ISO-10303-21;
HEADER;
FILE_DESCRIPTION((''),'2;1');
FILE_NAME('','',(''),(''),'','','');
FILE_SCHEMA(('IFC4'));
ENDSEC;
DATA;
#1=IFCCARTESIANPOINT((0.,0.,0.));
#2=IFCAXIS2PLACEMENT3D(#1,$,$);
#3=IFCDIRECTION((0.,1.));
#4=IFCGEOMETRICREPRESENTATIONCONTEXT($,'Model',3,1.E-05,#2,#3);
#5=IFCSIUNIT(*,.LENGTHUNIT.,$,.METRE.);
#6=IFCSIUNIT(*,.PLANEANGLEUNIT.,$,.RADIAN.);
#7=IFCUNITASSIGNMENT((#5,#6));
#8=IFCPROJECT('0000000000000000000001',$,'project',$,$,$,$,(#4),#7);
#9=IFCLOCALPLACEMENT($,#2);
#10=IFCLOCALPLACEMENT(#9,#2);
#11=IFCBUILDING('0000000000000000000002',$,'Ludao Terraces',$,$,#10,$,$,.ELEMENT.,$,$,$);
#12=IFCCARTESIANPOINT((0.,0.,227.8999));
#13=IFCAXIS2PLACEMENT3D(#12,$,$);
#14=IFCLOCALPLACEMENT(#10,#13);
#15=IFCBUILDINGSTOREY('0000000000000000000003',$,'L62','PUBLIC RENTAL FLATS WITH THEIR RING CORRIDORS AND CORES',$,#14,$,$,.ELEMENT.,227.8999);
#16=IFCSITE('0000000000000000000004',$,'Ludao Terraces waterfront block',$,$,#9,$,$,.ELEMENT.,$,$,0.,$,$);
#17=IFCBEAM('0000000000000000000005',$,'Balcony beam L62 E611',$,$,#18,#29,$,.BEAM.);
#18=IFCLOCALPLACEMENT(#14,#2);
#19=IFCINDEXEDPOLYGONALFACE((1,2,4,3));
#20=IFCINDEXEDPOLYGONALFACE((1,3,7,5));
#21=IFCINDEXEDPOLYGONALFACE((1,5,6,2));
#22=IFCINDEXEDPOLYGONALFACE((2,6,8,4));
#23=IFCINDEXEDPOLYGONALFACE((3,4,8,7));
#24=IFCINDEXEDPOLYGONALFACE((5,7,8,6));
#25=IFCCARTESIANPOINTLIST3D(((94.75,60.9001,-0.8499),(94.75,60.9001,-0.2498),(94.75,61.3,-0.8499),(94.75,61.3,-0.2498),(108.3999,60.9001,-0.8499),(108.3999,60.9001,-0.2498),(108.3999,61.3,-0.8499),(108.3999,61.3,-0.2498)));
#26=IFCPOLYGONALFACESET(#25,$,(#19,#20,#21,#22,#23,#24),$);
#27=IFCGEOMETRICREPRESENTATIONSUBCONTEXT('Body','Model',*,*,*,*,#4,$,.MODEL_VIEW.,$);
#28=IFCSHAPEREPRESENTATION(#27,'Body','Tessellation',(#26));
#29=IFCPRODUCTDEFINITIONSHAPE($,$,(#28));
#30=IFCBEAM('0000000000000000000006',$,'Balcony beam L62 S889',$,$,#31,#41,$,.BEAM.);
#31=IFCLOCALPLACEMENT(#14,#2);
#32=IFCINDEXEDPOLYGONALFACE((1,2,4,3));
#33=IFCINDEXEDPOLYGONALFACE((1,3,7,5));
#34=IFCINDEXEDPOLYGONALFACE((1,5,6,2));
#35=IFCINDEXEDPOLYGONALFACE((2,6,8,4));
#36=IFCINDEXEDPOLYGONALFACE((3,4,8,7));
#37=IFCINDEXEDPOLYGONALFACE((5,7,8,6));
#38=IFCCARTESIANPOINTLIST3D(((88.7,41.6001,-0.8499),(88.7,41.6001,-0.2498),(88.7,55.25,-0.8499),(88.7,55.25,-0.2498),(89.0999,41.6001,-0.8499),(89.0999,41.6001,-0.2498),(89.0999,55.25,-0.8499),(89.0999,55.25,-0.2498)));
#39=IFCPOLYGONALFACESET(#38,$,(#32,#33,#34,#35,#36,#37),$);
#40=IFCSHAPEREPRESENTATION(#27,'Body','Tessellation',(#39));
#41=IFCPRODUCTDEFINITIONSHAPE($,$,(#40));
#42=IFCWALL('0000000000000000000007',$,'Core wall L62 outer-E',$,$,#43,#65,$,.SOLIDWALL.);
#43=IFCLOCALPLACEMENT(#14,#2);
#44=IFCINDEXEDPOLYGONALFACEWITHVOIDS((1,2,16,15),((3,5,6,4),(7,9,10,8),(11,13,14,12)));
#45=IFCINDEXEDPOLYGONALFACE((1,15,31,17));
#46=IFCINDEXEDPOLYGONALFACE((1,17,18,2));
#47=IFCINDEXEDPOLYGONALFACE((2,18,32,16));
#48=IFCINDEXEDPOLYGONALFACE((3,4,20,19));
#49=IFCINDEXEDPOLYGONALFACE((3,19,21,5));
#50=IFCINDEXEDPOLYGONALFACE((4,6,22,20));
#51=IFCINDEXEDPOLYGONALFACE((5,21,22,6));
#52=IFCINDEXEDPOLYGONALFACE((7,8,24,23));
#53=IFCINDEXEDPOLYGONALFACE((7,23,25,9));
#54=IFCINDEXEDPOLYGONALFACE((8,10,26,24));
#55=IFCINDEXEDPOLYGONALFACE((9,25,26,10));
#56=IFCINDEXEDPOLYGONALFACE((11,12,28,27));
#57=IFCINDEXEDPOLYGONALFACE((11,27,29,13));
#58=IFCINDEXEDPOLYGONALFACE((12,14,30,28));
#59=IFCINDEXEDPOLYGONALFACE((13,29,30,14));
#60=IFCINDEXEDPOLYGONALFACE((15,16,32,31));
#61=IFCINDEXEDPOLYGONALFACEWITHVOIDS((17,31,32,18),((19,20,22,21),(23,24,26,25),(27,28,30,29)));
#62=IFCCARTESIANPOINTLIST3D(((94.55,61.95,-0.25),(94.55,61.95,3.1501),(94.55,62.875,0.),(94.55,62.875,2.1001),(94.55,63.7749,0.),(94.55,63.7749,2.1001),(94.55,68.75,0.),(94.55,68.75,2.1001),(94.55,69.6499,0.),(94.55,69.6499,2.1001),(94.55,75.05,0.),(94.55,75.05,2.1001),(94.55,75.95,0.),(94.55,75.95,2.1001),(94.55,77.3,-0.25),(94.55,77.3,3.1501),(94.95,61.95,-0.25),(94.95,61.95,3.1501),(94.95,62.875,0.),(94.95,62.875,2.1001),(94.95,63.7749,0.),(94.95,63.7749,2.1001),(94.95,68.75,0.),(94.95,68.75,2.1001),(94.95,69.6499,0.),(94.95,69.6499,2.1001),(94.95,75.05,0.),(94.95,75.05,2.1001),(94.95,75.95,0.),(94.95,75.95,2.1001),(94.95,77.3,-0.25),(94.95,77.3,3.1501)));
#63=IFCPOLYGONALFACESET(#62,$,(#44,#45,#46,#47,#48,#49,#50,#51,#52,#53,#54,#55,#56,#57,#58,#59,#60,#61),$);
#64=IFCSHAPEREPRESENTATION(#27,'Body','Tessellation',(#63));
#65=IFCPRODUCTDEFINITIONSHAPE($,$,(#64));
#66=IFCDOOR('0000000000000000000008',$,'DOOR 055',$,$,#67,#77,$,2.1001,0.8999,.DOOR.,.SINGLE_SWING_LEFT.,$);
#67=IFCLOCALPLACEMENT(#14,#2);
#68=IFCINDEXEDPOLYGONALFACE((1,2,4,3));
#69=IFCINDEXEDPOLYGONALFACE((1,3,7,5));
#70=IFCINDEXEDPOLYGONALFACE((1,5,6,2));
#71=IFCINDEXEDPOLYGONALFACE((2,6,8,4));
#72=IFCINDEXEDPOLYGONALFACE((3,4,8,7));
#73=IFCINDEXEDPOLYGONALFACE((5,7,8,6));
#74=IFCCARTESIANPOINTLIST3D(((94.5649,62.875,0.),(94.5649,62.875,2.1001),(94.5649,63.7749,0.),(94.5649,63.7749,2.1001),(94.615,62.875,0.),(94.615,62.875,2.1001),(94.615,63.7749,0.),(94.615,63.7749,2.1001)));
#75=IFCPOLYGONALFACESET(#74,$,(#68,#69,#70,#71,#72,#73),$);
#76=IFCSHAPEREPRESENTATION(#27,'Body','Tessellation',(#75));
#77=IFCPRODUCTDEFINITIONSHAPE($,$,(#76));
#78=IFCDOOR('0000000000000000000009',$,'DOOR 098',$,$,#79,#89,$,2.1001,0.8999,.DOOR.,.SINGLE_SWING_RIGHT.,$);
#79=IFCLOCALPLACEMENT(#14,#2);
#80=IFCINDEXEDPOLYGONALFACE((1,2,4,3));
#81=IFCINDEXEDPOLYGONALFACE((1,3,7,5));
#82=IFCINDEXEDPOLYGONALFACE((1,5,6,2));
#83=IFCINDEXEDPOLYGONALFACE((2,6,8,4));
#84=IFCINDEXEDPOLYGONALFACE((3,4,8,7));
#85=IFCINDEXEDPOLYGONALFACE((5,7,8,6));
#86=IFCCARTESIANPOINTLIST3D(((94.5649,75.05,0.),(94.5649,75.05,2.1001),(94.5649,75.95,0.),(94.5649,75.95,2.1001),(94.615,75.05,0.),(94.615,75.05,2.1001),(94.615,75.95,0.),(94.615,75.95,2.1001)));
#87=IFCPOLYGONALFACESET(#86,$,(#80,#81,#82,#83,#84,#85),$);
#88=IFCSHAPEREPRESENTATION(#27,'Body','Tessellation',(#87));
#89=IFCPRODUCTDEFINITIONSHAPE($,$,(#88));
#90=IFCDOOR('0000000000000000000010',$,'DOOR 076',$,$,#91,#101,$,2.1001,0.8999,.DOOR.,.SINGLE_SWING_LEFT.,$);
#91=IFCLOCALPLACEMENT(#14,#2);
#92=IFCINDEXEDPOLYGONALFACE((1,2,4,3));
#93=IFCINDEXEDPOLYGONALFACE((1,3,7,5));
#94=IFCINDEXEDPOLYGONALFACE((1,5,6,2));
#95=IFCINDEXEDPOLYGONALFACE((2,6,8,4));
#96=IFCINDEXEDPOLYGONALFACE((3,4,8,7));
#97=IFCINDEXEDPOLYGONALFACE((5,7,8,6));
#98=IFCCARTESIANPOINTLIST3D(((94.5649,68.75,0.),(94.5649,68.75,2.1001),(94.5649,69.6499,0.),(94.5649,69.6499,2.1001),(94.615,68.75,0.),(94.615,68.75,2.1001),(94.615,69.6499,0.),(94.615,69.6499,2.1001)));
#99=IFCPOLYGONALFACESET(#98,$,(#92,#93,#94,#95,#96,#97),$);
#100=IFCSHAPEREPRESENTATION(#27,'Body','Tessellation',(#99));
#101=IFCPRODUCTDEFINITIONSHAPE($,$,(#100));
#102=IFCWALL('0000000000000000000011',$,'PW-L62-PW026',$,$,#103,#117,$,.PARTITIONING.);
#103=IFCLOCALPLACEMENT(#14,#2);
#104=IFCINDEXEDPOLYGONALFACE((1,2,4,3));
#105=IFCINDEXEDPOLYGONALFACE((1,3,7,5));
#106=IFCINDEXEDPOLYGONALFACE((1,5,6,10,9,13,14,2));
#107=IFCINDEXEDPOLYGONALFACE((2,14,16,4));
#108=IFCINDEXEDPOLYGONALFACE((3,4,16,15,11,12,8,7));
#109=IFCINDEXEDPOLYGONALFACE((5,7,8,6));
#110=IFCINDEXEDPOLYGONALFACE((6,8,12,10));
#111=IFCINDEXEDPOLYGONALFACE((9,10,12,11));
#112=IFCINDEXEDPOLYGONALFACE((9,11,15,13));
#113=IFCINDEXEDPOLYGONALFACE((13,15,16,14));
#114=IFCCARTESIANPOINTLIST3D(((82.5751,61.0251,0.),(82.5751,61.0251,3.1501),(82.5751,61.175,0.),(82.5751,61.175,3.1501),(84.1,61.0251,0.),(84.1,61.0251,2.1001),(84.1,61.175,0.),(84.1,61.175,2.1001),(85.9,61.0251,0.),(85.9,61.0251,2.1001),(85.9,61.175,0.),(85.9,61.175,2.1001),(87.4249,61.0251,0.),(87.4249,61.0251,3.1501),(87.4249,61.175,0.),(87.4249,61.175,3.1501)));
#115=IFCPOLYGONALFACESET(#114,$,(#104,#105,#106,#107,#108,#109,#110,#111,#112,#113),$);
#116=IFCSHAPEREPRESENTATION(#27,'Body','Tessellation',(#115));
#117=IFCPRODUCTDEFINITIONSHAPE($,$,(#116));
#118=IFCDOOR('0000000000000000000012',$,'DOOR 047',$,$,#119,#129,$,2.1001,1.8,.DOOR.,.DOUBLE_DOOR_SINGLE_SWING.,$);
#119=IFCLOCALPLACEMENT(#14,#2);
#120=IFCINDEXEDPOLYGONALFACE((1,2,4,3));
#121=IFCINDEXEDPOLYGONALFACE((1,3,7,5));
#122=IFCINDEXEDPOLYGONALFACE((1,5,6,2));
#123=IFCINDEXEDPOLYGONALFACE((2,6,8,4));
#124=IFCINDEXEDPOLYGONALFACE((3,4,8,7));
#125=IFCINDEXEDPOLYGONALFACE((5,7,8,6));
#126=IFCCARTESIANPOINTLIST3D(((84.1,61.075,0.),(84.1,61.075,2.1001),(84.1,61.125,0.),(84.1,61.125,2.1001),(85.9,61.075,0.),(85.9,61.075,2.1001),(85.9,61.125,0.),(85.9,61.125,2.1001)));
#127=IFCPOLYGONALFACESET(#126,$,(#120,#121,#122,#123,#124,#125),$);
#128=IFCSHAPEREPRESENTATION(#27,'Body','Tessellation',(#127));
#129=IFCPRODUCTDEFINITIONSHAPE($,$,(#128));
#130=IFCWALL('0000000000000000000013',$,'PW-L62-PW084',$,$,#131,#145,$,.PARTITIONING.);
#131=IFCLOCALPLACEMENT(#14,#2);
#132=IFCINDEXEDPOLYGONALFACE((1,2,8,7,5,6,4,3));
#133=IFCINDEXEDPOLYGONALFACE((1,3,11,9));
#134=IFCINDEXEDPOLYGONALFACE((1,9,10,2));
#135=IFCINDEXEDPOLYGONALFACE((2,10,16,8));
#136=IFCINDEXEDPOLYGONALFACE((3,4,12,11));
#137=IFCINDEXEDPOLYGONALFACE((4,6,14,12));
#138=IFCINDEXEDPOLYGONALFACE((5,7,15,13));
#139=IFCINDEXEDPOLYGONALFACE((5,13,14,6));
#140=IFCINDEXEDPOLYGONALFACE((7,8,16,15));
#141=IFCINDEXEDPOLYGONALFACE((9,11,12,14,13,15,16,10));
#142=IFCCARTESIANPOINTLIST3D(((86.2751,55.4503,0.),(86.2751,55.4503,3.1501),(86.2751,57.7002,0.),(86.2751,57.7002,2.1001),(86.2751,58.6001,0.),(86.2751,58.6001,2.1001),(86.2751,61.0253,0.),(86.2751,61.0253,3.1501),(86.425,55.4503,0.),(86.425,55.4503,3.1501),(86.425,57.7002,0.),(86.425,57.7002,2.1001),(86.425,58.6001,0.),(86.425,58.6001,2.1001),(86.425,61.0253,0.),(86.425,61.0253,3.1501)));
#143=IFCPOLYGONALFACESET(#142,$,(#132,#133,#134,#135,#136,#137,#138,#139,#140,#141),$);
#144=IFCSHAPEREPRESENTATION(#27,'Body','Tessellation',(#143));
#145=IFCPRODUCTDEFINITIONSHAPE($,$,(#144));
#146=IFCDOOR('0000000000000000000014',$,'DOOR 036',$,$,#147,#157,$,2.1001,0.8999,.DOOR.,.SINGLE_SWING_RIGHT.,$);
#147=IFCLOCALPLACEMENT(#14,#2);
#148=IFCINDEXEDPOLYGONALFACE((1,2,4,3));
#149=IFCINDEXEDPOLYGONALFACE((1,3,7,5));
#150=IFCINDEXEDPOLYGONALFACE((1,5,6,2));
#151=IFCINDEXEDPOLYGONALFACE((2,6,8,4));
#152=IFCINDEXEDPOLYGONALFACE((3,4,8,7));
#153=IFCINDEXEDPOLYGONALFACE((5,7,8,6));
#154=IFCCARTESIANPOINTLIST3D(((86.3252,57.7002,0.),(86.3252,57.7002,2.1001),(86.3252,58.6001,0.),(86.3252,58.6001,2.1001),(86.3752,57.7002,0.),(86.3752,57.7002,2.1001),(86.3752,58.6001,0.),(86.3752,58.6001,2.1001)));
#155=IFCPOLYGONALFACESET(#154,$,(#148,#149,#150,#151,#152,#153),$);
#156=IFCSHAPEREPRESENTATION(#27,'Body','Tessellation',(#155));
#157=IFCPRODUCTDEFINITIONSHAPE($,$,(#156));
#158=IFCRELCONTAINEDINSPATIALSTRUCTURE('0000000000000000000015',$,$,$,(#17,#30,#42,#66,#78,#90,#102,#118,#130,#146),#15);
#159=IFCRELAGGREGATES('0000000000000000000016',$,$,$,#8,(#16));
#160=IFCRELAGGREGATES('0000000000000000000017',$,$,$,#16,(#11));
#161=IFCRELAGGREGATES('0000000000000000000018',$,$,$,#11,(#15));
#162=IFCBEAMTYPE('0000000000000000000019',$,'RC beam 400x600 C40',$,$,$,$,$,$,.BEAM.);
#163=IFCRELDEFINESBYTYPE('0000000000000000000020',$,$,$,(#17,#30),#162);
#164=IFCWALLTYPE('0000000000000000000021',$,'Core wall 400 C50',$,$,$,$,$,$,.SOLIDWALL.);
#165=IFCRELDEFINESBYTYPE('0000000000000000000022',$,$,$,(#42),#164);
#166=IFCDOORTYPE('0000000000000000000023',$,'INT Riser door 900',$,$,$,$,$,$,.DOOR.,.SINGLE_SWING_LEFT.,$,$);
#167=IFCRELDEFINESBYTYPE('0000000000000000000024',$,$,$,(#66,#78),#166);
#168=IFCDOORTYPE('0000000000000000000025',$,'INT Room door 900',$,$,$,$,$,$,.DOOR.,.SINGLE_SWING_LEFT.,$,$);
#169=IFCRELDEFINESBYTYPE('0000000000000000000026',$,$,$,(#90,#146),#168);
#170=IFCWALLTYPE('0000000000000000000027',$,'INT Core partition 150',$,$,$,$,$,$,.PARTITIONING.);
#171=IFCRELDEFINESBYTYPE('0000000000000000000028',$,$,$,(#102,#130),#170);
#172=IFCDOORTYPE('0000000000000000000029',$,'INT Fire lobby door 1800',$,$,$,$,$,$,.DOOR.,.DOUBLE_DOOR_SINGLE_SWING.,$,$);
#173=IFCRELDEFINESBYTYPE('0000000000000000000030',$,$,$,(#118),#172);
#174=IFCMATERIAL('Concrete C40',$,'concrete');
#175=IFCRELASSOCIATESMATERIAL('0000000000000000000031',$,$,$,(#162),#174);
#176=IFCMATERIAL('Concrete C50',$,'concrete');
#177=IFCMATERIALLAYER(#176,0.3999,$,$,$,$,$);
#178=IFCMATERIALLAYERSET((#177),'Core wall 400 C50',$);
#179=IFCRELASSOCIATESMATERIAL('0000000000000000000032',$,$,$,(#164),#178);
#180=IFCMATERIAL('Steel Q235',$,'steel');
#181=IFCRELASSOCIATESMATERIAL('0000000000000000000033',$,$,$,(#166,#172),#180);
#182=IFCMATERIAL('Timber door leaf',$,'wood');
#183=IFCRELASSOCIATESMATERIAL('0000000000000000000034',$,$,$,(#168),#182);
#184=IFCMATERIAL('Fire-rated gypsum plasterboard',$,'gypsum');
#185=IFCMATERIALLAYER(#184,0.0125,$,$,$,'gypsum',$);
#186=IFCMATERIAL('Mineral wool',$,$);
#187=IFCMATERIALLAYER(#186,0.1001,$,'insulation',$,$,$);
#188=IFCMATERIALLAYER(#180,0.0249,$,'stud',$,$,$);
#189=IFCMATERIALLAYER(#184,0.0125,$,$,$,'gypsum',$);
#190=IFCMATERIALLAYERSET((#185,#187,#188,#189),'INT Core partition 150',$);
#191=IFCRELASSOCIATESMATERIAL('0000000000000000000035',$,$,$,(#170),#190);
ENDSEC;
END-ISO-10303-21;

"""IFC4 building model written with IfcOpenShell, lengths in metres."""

from ifc_helpers import new_model, si_unit, direction, frame, frame_2d, origin, origin_2d, place, context, subcontext, project, spatial, rectangle, extrude, material, layer, layer_set, material_profile, profile_set, type_object, element, fill, save


model = new_model("IFC4")

# Units and contexts
model_context = context("Model", 3, precision=1e-05, world=origin(), true_north=direction((0.0, 1.0)))
body_context = subcontext(model_context, "Body", "Model", "MODEL_VIEW")
ifc_project = project(units=[si_unit("LENGTHUNIT", "METRE"), si_unit("PLANEANGLEUNIT", "RADIAN")], contexts=[model_context])

# Site, building, storey
site_placement = place(None, origin())
site = spatial("IfcSite", under=ifc_project, at=site_placement, Name="Ludao Terraces waterfront block", CompositionType="ELEMENT", RefElevation=0.0)
building_placement = place(site_placement, origin())
building = spatial("IfcBuilding", under=site, at=building_placement, Name="Ludao Terraces", CompositionType="ELEMENT")
storey_placement = place(building_placement, frame((0.0, 0.0, 227.8999)))
storey = spatial("IfcBuildingStorey", under=building, at=storey_placement, Name="L62", Description="PUBLIC RENTAL FLATS WITH THEIR RING CORRIDORS AND CORES", CompositionType="ELEMENT", Elevation=227.8999)

# Beams
ifc_material_1 = material(Name="Concrete C40", Category="concrete")
ifc_material_profile = material_profile(ifc_material_1, rectangle(XDim=0.3999, YDim=0.6001, at=origin_2d()), Name="400 X 600")
ifc_profile_set = profile_set([ifc_material_profile], Name="Concrete C40")
beam_type = type_object("IfcBeamType", Name="RC beam 400x600 C40", PredefinedType="BEAM", material=ifc_profile_set)
for number, where, z_axis, x_axis, name in (
    (1, (94.75, 61.1001, -0.5498), (1.0, 0.0, 0.0), (0.0, 1.0, 0.0), "Balcony beam L62 E611"),
    (2, (88.8999, 55.25, -0.5498), (0.0, -1.0, 0.0), (1.0, 0.0, 0.0), "Balcony beam L62 S889"),
):
    element("IfcBeam", number, at=place(storey_placement, frame(where, z_axis=z_axis, x_axis=x_axis)), inside=storey, type_object=beam_type, Name=name, PredefinedType="BEAM", context=body_context, shape_type="SweptSolid", body=[
        extrude(rectangle(XDim=0.3999, YDim=0.6001, at=origin_2d()), origin(), (0.0, 0.0, 1.0), 13.6499),
    ])

# Wall, openings, doors
ifc_material_2 = material(Name="Concrete C50", Category="concrete")
ifc_layer_1 = layer(ifc_material_2, 0.3999)
ifc_layer_set_1 = layer_set([ifc_layer_1], Name="Core wall 400 C50")
wall_type_1 = type_object("IfcWallType", Name="Core wall 400 C50", PredefinedType="SOLIDWALL", material=ifc_layer_set_1)
wall_1_placement = place(storey_placement, frame((94.75, 61.95, -0.25), z_axis=(0.0, 0.0, 1.0), x_axis=(0.0, 1.0, 0.0)))
wall_1 = element("IfcWall", 3, at=wall_1_placement, inside=storey, type_object=wall_type_1, Name="Core wall L62 outer-E", PredefinedType="SOLIDWALL", context=body_context, shape_type="SweptSolid", body=[
    extrude(rectangle(XDim=15.3501, YDim=0.3999, at=frame_2d((7.675, 0.0))), origin(), (0.0, 0.0, 1.0), 3.4001),
])
opening_1_placement = place(wall_1_placement, frame((0.925, 0.0, 0.25)))
opening_1 = element("IfcOpeningElement", 4, at=opening_1_placement, cuts=wall_1, PredefinedType="OPENING", context=body_context, shape_type="SweptSolid", body=[
    extrude(rectangle(XDim=0.8999, YDim=2.1001, at=frame_2d((0.45, 1.05))), frame((0.0, 0.21, 0.0), z_axis=(0.0, -1.0, 0.0), x_axis=(1.0, 0.0, 0.0)), (0.0, 0.0, 1.0), 0.4199),
])
opening_2_placement = place(wall_1_placement, frame((6.8, 0.0, 0.25)))
opening_2 = element("IfcOpeningElement", 5, at=opening_2_placement, cuts=wall_1, PredefinedType="OPENING", context=body_context, shape_type="SweptSolid", body=[
    extrude(rectangle(XDim=0.8999, YDim=2.1001, at=frame_2d((0.45, 1.05))), frame((0.0, 0.21, 0.0), z_axis=(0.0, -1.0, 0.0), x_axis=(1.0, 0.0, 0.0)), (0.0, 0.0, 1.0), 0.4199),
])
opening_3_placement = place(wall_1_placement, frame((13.1001, 0.0, 0.25)))
opening_3 = element("IfcOpeningElement", 6, at=opening_3_placement, cuts=wall_1, PredefinedType="OPENING", context=body_context, shape_type="SweptSolid", body=[
    extrude(rectangle(XDim=0.8999, YDim=2.1001, at=frame_2d((0.45, 1.05))), frame((0.0, 0.21, 0.0), z_axis=(0.0, -1.0, 0.0), x_axis=(1.0, 0.0, 0.0)), (0.0, 0.0, 1.0), 0.4199),
])
ifc_material_3 = material(Name="Steel Q235", Category="steel")
door_type_1 = type_object("IfcDoorType", Name="INT Riser door 900", OperationType="SINGLE_SWING_LEFT", PredefinedType="DOOR", material=ifc_material_3)
door_1_placement = place(opening_1_placement, origin())
door_1 = element("IfcDoor", 7, at=door_1_placement, inside=storey, type_object=door_type_1, Name="DOOR 055", OperationType="SINGLE_SWING_LEFT", OverallHeight=2.1001, OverallWidth=0.8999, PredefinedType="DOOR", context=body_context, shape_type="SweptSolid", body=[
    extrude(rectangle(XDim=0.8999, YDim=2.1001, at=frame_2d((0.45, 1.05))), frame((0.0, 0.1851, 0.0), z_axis=(0.0, -1.0, 0.0), x_axis=(1.0, 0.0, 0.0)), (0.0, 0.0, 1.0), 0.05),
])
fill(opening_1, door_1)
door_2_placement = place(opening_3_placement, origin())
door_2 = element("IfcDoor", 8, at=door_2_placement, inside=storey, type_object=door_type_1, Name="DOOR 098", OperationType="SINGLE_SWING_RIGHT", OverallHeight=2.1001, OverallWidth=0.8999, PredefinedType="DOOR", context=body_context, shape_type="SweptSolid", body=[
    extrude(rectangle(XDim=0.8999, YDim=2.1001, at=frame_2d((0.45, 1.05))), frame((0.0, 0.1851, 0.0), z_axis=(0.0, -1.0, 0.0), x_axis=(1.0, 0.0, 0.0)), (0.0, 0.0, 1.0), 0.05),
])
fill(opening_3, door_2)
ifc_material_4 = material(Name="Timber door leaf", Category="wood")
door_type_2 = type_object("IfcDoorType", Name="INT Room door 900", OperationType="SINGLE_SWING_LEFT", PredefinedType="DOOR", material=ifc_material_4)
door_3_placement = place(opening_2_placement, origin())
door_3 = element("IfcDoor", 9, at=door_3_placement, inside=storey, type_object=door_type_2, Name="DOOR 076", OperationType="SINGLE_SWING_LEFT", OverallHeight=2.1001, OverallWidth=0.8999, PredefinedType="DOOR", context=body_context, shape_type="SweptSolid", body=[
    extrude(rectangle(XDim=0.8999, YDim=2.1001, at=frame_2d((0.45, 1.05))), frame((0.0, 0.1851, 0.0), z_axis=(0.0, -1.0, 0.0), x_axis=(1.0, 0.0, 0.0)), (0.0, 0.0, 1.0), 0.05),
])
fill(opening_2, door_3)

# Walls, openings, doors
ifc_material_5 = material(Name="Fire-rated gypsum plasterboard", Category="gypsum")
ifc_layer_2 = layer(ifc_material_5, 0.0125, Category="gypsum")
ifc_material_6 = material(Name="Mineral wool")
ifc_layer_3 = layer(ifc_material_6, 0.1001, Name="insulation")
ifc_layer_4 = layer(ifc_material_3, 0.0249, Name="stud")
ifc_layer_5 = layer(ifc_material_5, 0.0125, Category="gypsum")
ifc_layer_set_2 = layer_set([ifc_layer_2, ifc_layer_3, ifc_layer_4, ifc_layer_5], Name="INT Core partition 150")
wall_type_2 = type_object("IfcWallType", Name="INT Core partition 150", PredefinedType="PARTITIONING", material=ifc_layer_set_2)
wall_2_placement = place(storey_placement, frame((82.5752, 61.1001, 0.0), z_axis=(0.0, 0.0, 1.0), x_axis=(1.0, 0.0, 0.0)))
wall_2 = element("IfcWall", 10, at=wall_2_placement, inside=storey, type_object=wall_type_2, Name="PW-L62-PW026", PredefinedType="PARTITIONING", context=body_context, shape_type="SweptSolid", body=[
    extrude(rectangle(XDim=4.8499, YDim=0.1499, at=frame_2d((2.4248, 0.0))), origin(), (0.0, 0.0, 1.0), 3.1501),
])
opening_4_placement = place(wall_2_placement, frame((1.5249, 0.0, 0.0)))
opening_4 = element("IfcOpeningElement", 11, at=opening_4_placement, cuts=wall_2, PredefinedType="OPENING", context=body_context, shape_type="SweptSolid", body=[
    extrude(rectangle(XDim=1.8, YDim=2.1001, at=frame_2d((0.8999, 1.05))), frame((0.0, 0.085, 0.0), z_axis=(0.0, -1.0, 0.0), x_axis=(1.0, 0.0, 0.0)), (0.0, 0.0, 1.0), 0.1699),
])
door_type_3 = type_object("IfcDoorType", Name="INT Fire lobby door 1800", OperationType="DOUBLE_DOOR_SINGLE_SWING", PredefinedType="DOOR", material=ifc_material_3)
door_4_placement = place(opening_4_placement, origin())
door_4 = element("IfcDoor", 12, at=door_4_placement, inside=storey, type_object=door_type_3, Name="DOOR 047", OperationType="DOUBLE_DOOR_SINGLE_SWING", OverallHeight=2.1001, OverallWidth=1.8, PredefinedType="DOOR", context=body_context, shape_type="SweptSolid", body=[
    extrude(rectangle(XDim=1.8, YDim=2.1001, at=frame_2d((0.8999, 1.05))), frame((0.0, 0.0249, 0.0), z_axis=(0.0, -1.0, 0.0), x_axis=(1.0, 0.0, 0.0)), (0.0, 0.0, 1.0), 0.05),
])
fill(opening_4, door_4)
wall_3_placement = place(storey_placement, frame((86.3501, 55.4502, 0.0), z_axis=(0.0, 0.0, 1.0), x_axis=(0.0, 1.0, 0.0)))
wall_3 = element("IfcWall", 13, at=wall_3_placement, inside=storey, type_object=wall_type_2, Name="PW-L62-PW084", PredefinedType="PARTITIONING", context=body_context, shape_type="SweptSolid", body=[
    extrude(rectangle(XDim=5.575, YDim=0.1499, at=frame_2d((2.7876, 0.0))), origin(), (0.0, 0.0, 1.0), 3.1501),
])
opening_5_placement = place(wall_3_placement, frame((2.25, 0.0, 0.0)))
opening_5 = element("IfcOpeningElement", 14, at=opening_5_placement, cuts=wall_3, PredefinedType="OPENING", context=body_context, shape_type="SweptSolid", body=[
    extrude(rectangle(XDim=0.8999, YDim=2.1001, at=frame_2d((0.45, 1.05))), frame((0.0, 0.085, 0.0), z_axis=(0.0, -1.0, 0.0), x_axis=(1.0, 0.0, 0.0)), (0.0, 0.0, 1.0), 0.1699),
])
door_5_placement = place(opening_5_placement, origin())
door_5 = element("IfcDoor", 15, at=door_5_placement, inside=storey, type_object=door_type_2, Name="DOOR 036", OperationType="SINGLE_SWING_RIGHT", OverallHeight=2.1001, OverallWidth=0.8999, PredefinedType="DOOR", context=body_context, shape_type="SweptSolid", body=[
    extrude(rectangle(XDim=0.8999, YDim=2.1001, at=frame_2d((0.45, 1.05))), frame((0.0, 0.0249, 0.0), z_axis=(0.0, -1.0, 0.0), x_axis=(1.0, 0.0, 0.0)), (0.0, 0.0, 1.0), 0.05),
])
fill(opening_5, door_5)

save(model, "model.ifc")
